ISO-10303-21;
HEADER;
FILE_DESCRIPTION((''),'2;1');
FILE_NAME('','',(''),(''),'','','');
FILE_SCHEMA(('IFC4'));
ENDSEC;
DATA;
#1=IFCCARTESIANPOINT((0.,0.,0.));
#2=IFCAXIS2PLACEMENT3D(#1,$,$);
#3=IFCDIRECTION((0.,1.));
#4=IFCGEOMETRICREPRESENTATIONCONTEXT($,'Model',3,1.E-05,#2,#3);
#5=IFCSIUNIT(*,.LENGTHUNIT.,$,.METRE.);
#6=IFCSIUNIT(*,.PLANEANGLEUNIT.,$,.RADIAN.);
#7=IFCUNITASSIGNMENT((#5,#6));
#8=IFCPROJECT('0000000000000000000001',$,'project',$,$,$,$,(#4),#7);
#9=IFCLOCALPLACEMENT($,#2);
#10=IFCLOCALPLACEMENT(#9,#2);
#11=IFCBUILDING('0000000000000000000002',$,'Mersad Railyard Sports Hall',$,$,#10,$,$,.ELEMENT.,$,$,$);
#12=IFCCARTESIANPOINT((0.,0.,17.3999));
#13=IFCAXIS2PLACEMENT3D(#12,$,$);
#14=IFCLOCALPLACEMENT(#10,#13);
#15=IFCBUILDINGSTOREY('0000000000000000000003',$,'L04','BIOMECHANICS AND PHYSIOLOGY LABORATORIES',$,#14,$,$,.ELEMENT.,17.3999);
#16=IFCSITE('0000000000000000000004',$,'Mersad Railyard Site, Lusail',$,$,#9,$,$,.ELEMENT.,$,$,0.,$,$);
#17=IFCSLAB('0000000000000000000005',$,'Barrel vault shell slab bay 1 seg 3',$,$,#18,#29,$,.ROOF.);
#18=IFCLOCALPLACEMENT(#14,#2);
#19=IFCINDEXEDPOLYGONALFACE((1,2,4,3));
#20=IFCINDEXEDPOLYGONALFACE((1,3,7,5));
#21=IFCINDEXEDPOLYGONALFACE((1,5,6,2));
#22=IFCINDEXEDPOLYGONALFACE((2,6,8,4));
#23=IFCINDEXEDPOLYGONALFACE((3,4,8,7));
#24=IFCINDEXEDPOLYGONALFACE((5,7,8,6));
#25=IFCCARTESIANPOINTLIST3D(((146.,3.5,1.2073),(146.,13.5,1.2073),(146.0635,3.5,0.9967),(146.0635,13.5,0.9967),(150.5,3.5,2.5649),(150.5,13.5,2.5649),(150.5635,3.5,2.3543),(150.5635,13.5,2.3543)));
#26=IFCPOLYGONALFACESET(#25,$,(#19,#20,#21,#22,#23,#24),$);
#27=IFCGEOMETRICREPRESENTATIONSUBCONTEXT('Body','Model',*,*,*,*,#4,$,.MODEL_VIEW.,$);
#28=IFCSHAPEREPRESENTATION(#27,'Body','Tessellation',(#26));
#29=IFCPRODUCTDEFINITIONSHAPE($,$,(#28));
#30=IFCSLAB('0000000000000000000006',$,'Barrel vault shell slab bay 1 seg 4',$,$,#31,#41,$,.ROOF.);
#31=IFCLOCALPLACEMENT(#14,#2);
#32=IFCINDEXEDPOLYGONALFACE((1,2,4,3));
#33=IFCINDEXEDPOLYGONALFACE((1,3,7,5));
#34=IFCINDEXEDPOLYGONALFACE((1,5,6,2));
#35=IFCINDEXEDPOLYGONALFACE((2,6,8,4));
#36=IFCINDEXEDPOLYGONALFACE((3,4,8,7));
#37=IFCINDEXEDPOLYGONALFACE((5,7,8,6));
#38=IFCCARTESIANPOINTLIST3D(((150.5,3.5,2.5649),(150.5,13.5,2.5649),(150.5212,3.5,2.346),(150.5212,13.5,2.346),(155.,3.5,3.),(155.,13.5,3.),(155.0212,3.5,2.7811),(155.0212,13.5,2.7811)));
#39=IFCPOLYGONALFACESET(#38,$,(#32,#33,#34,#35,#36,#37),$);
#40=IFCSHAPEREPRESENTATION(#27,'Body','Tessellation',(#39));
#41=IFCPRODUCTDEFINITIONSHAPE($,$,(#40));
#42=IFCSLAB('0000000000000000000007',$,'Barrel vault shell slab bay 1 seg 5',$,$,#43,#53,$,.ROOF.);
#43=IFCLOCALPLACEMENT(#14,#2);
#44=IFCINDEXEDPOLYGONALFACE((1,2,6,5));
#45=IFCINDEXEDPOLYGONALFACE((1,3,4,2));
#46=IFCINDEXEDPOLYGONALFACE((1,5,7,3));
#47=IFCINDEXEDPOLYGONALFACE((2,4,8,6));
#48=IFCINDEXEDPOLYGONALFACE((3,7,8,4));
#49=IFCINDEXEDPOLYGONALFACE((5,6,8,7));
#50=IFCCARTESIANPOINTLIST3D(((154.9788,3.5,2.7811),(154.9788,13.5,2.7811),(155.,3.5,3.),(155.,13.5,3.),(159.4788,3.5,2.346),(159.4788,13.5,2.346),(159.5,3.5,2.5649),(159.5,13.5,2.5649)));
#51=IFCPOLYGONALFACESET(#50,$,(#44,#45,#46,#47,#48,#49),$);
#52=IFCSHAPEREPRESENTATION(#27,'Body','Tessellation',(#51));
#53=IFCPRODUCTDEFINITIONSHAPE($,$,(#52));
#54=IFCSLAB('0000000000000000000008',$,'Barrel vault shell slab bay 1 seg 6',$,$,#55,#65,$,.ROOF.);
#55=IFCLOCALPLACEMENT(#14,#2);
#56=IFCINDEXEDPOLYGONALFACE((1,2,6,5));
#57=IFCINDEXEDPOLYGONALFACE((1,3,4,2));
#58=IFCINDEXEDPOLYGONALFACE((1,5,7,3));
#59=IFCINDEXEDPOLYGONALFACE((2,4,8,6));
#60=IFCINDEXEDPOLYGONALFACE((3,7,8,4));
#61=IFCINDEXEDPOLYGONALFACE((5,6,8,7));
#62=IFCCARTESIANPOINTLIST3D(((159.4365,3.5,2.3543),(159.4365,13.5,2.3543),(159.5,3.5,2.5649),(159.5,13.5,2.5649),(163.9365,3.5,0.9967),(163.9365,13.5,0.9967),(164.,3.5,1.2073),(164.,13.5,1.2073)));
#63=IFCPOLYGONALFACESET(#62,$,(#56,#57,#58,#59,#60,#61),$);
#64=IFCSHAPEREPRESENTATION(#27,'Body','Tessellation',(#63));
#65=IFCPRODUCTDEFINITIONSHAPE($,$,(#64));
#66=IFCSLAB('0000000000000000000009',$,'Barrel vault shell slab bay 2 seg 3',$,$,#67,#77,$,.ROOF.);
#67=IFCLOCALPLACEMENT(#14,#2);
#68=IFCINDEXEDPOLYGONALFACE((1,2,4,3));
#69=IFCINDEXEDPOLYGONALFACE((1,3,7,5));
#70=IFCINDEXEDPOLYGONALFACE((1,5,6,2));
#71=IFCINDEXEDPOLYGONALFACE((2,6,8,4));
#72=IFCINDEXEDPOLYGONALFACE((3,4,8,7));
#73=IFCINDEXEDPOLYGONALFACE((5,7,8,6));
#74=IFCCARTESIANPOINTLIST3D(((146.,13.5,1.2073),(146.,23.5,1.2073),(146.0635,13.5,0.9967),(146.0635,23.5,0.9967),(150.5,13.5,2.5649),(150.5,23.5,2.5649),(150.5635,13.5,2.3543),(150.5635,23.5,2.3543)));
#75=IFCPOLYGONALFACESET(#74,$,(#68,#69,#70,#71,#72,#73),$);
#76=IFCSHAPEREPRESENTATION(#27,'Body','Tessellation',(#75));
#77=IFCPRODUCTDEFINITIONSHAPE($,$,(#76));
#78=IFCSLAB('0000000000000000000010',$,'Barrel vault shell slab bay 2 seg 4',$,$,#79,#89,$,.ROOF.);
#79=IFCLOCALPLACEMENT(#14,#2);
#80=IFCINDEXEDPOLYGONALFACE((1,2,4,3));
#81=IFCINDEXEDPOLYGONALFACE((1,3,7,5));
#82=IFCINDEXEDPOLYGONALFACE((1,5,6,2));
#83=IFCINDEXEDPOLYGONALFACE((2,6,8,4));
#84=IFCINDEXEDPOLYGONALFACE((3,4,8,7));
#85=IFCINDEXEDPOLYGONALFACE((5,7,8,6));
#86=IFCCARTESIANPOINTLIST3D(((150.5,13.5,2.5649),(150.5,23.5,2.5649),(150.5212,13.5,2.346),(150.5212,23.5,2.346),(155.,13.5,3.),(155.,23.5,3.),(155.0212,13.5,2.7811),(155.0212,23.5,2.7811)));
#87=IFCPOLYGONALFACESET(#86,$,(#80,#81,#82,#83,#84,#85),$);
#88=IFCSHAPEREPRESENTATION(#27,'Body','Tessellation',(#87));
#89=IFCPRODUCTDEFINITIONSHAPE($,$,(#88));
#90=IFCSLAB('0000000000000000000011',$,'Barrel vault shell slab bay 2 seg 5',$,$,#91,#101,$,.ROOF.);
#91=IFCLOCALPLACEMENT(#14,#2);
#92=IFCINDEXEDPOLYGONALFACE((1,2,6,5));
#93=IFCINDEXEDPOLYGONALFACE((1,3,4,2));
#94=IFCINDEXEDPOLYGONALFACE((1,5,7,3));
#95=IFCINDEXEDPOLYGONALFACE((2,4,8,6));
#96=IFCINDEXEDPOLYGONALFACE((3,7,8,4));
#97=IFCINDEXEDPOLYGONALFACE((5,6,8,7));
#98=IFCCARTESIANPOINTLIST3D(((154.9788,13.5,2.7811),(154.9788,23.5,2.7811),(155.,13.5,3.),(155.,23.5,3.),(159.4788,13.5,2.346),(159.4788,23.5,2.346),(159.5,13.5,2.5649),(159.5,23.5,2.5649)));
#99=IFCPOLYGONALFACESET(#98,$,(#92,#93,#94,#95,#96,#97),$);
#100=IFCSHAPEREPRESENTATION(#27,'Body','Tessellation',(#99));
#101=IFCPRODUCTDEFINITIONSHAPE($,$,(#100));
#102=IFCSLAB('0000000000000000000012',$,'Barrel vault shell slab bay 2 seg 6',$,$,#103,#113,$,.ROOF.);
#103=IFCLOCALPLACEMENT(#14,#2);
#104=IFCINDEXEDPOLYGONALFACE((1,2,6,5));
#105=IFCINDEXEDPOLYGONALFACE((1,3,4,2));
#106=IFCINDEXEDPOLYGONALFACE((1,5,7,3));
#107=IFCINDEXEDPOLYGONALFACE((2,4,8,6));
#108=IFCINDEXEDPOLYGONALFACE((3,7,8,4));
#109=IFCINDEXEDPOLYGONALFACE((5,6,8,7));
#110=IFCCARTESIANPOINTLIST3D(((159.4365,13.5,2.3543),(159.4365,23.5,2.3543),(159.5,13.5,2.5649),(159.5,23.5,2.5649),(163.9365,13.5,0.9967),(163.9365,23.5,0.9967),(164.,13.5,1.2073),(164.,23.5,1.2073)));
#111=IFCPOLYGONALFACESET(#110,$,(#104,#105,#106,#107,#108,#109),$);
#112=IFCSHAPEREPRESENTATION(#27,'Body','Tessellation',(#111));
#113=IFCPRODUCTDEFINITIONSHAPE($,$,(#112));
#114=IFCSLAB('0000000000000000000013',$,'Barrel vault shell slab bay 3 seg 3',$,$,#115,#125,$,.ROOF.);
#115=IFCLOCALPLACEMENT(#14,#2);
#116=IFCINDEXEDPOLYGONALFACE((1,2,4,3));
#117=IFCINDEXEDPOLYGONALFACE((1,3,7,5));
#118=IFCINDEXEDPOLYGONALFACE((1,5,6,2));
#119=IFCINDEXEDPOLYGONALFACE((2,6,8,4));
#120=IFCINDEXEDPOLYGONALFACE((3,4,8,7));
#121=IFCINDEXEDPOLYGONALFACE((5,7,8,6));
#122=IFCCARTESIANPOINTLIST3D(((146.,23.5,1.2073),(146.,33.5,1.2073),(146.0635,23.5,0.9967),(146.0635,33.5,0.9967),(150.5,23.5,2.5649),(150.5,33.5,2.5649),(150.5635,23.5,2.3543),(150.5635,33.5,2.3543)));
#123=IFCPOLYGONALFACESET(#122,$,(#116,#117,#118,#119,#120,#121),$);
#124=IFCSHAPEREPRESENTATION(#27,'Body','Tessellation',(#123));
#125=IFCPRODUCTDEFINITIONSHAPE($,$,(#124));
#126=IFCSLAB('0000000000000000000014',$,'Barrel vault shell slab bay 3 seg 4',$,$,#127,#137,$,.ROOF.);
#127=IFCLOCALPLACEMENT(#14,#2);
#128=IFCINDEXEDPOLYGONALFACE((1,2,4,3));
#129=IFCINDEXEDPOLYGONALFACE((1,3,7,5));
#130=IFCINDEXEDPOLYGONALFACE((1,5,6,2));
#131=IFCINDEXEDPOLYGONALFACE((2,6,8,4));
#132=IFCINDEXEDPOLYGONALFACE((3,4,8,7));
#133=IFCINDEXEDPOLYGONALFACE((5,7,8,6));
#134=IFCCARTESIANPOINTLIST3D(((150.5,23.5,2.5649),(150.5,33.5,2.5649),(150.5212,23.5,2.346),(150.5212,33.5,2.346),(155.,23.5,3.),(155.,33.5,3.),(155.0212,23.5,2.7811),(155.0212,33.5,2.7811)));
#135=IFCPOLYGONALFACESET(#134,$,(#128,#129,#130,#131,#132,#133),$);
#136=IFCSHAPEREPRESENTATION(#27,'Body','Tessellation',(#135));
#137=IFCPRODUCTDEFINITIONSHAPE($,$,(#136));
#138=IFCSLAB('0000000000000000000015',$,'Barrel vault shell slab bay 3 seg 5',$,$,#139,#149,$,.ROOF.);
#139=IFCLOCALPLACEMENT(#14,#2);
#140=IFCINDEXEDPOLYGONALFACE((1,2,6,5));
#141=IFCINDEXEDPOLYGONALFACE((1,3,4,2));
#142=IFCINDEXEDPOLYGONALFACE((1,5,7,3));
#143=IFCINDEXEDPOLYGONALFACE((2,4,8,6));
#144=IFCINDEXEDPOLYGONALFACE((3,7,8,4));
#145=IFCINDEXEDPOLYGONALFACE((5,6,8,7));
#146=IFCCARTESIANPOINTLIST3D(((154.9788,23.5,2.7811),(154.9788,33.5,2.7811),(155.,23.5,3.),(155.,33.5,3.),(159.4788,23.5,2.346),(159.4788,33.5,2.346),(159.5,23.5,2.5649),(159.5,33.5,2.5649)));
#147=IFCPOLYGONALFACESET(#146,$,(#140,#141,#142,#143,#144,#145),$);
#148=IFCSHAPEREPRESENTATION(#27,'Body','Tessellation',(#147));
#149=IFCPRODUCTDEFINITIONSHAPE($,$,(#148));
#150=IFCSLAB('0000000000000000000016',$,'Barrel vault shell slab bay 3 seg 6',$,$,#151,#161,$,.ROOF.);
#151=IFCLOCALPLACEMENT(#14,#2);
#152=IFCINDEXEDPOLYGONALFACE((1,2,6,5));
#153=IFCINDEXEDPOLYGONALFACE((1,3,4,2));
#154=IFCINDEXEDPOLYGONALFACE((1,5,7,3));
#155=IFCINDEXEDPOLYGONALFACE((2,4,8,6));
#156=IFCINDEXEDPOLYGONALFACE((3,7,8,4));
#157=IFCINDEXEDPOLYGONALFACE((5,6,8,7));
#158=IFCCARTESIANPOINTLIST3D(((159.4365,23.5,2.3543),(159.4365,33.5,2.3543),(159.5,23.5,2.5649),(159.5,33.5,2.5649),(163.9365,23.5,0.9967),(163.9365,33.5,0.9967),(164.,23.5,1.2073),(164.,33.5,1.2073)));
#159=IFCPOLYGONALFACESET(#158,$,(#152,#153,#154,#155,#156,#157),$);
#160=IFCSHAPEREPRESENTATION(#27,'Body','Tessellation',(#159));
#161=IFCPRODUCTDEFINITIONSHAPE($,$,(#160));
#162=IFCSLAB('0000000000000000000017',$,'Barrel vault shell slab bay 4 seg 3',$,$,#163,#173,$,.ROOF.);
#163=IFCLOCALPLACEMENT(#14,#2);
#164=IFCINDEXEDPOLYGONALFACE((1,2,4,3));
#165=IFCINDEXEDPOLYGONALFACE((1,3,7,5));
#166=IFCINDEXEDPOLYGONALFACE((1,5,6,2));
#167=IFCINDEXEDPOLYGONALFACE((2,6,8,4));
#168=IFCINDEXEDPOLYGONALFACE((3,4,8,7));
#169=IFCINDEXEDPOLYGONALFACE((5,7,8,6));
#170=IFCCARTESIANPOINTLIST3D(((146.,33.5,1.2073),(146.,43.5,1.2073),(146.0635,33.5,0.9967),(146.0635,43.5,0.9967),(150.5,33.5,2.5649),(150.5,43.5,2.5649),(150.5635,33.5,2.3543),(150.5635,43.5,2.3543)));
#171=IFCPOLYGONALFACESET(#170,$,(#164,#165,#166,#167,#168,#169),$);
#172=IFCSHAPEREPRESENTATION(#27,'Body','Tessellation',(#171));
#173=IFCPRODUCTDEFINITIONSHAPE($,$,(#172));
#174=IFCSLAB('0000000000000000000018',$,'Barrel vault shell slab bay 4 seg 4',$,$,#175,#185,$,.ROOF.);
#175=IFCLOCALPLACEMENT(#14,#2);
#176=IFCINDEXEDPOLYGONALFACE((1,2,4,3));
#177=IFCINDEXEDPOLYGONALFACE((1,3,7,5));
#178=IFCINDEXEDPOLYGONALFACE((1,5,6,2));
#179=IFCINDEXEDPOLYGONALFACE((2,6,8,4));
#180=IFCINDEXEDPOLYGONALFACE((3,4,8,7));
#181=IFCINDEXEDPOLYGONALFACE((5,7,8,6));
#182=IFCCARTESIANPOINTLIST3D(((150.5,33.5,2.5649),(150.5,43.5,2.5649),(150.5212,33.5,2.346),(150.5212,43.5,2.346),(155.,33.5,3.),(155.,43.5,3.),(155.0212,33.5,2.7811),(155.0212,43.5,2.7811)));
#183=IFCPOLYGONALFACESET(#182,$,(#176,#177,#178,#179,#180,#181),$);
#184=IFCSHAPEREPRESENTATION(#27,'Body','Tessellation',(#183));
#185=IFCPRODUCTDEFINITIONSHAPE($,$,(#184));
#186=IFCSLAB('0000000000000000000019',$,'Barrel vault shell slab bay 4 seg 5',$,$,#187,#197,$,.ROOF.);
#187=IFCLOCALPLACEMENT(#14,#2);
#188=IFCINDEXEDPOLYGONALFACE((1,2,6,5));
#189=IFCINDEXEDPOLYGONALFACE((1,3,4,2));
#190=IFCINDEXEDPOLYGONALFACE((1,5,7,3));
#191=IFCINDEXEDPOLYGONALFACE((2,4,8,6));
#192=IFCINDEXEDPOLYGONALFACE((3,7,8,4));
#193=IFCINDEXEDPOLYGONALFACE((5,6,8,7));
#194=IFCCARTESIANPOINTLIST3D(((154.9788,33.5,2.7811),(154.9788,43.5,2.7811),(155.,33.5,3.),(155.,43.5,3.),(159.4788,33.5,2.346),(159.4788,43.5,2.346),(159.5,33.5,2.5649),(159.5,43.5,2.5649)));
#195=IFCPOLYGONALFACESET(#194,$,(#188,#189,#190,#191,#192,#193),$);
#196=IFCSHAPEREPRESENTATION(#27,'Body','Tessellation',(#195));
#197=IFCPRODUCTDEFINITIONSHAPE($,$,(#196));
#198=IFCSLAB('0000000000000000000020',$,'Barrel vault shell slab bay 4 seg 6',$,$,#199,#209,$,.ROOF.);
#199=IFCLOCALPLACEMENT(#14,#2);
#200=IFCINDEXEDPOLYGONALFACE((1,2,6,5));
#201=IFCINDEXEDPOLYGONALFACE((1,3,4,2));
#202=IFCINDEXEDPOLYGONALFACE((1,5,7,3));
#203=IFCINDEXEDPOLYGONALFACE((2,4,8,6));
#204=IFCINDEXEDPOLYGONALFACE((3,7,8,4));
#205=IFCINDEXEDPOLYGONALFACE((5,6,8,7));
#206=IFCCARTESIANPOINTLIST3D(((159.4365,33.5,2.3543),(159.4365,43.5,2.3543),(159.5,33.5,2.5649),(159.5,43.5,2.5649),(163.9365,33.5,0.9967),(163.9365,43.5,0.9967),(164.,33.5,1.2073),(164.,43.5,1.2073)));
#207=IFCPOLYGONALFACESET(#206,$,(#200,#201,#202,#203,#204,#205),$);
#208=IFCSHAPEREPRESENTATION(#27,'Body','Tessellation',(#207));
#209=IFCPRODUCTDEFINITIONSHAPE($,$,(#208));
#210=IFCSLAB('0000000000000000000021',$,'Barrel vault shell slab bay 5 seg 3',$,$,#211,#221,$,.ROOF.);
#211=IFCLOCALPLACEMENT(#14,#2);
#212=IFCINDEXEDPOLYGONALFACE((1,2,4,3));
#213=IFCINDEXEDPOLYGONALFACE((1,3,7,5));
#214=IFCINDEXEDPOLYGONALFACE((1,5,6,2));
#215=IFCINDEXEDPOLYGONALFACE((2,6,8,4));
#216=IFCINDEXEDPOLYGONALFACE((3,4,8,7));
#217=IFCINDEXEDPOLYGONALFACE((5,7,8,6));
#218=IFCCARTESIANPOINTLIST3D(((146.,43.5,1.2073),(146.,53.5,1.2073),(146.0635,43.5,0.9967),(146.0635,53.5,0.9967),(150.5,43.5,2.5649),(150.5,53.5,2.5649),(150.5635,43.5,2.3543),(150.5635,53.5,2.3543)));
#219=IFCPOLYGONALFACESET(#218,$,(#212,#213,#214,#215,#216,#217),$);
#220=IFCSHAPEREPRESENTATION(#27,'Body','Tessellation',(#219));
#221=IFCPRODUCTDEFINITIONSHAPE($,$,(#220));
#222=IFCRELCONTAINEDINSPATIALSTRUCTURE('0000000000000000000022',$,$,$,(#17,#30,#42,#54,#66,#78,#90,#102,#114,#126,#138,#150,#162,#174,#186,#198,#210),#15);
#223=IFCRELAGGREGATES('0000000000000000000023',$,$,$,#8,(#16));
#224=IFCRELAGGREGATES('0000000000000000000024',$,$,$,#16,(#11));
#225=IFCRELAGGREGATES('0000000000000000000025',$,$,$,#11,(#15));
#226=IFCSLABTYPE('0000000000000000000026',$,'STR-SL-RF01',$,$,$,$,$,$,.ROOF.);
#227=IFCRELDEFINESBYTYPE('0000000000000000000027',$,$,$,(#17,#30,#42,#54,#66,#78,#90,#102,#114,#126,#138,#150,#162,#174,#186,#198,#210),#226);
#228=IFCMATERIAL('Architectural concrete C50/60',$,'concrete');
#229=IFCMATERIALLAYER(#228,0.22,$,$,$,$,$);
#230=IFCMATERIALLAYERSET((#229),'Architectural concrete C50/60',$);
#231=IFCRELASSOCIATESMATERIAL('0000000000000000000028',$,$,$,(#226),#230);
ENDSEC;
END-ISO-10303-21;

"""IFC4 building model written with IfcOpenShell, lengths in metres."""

from ifc_helpers import new_model, si_unit, direction, frame, origin, place, context, subcontext, project, spatial, polyline, outline, extrude, material, layer, layer_set, type_object, element, save


model = new_model("IFC4")

# Units and contexts
model_context = context("Model", 3, precision=1e-05, world=origin(), true_north=direction((0.0, 1.0)))
body_context = subcontext(model_context, "Body", "Model", "MODEL_VIEW")
ifc_project = project(units=[si_unit("LENGTHUNIT", "METRE"), si_unit("PLANEANGLEUNIT", "RADIAN")], contexts=[model_context])

# Site, building, storey
site_placement = place(None, origin())
site = spatial("IfcSite", under=ifc_project, at=site_placement, Name="Mersad Railyard Site, Lusail", CompositionType="ELEMENT", RefElevation=0.0)
building_placement = place(site_placement, origin())
building = spatial("IfcBuilding", under=site, at=building_placement, Name="Mersad Railyard Sports Hall", CompositionType="ELEMENT")
storey_placement = place(building_placement, frame((0.0, 0.0, 17.3999)))
storey = spatial("IfcBuildingStorey", under=building, at=storey_placement, Name="L04", Description="BIOMECHANICS AND PHYSIOLOGY LABORATORIES", CompositionType="ELEMENT", Elevation=17.3999)

# Slabs
ifc_material = material(Name="Architectural concrete C50/60", Category="concrete")
ifc_layer_1 = layer(ifc_material, 0.22)
ifc_layer_set_1 = layer_set([ifc_layer_1], Name="Architectural concrete C50/60")
slab_type = type_object("IfcSlabType", Name="STR-SL-RF01", PredefinedType="ROOF", material=ifc_layer_set_1)
slab_1_placement = place(storey_placement, frame((146.0, 3.5, 1.2073), z_axis=(-0.288844, 0.0, 0.957376), x_axis=(0.957376, 0.0, 0.288844)))
element("IfcSlab", 1, at=slab_1_placement, inside=storey, type_object=slab_type, Name="Barrel vault shell slab bay 1 seg 3", PredefinedType="ROOF", context=body_context, shape_type="SweptSolid", body=[
    extrude(outline(polyline([(0.0, 0.0), (4.7003, 0.0), (4.7003, 10.0), (0.0, 10.0), (0.0, 0.0)])), origin(), (0.0, 0.0, -1.0), 0.22),
])
for number, where, z_axis, x_axis, name in (
    (2, (150.5, 3.5, 2.5649), (-0.096231, 0.0, 0.995359), (0.995359, 0.0, 0.096231), "Barrel vault shell slab bay 1 seg 4"),
    (3, (155.0, 3.5, 3.0), (0.096231, 0.0, 0.995359), (0.995359, 0.0, -0.096231), "Barrel vault shell slab bay 1 seg 5"),
):
    element("IfcSlab", number, at=place(storey_placement, frame(where, z_axis=z_axis, x_axis=x_axis)), inside=storey, type_object=slab_type, Name=name, PredefinedType="ROOF", context=body_context, shape_type="SweptSolid", body=[
        extrude(outline(polyline([(0.0, 0.0), (4.521, 0.0), (4.521, 10.0), (0.0, 10.0), (0.0, 0.0)])), origin(), (0.0, 0.0, -1.0), 0.22),
    ])
for number, where, z_axis, x_axis, name in (
    (4, (159.5, 3.5, 2.5649), (0.288844, 0.0, 0.957376), (0.957376, 0.0, -0.288844), "Barrel vault shell slab bay 1 seg 6"),
    (5, (146.0, 13.5, 1.2073), (-0.288844, 0.0, 0.957376), (0.957376, 0.0, 0.288844), "Barrel vault shell slab bay 2 seg 3"),
):
    element("IfcSlab", number, at=place(storey_placement, frame(where, z_axis=z_axis, x_axis=x_axis)), inside=storey, type_object=slab_type, Name=name, PredefinedType="ROOF", context=body_context, shape_type="SweptSolid", body=[
        extrude(outline(polyline([(0.0, 0.0), (4.7003, 0.0), (4.7003, 10.0), (0.0, 10.0), (0.0, 0.0)])), origin(), (0.0, 0.0, -1.0), 0.22),
    ])
for number, where, z_axis, x_axis, name in (
    (6, (150.5, 13.5, 2.5649), (-0.096231, 0.0, 0.995359), (0.995359, 0.0, 0.096231), "Barrel vault shell slab bay 2 seg 4"),
    (7, (155.0, 13.5, 3.0), (0.096231, 0.0, 0.995359), (0.995359, 0.0, -0.096231), "Barrel vault shell slab bay 2 seg 5"),
):
    element("IfcSlab", number, at=place(storey_placement, frame(where, z_axis=z_axis, x_axis=x_axis)), inside=storey, type_object=slab_type, Name=name, PredefinedType="ROOF", context=body_context, shape_type="SweptSolid", body=[
        extrude(outline(polyline([(0.0, 0.0), (4.521, 0.0), (4.521, 10.0), (0.0, 10.0), (0.0, 0.0)])), origin(), (0.0, 0.0, -1.0), 0.22),
    ])
for number, where, z_axis, x_axis, name in (
    (8, (159.5, 13.5, 2.5649), (0.288844, 0.0, 0.957376), (0.957376, 0.0, -0.288844), "Barrel vault shell slab bay 2 seg 6"),
    (9, (146.0, 23.5, 1.2073), (-0.288844, 0.0, 0.957376), (0.957376, 0.0, 0.288844), "Barrel vault shell slab bay 3 seg 3"),
):
    element("IfcSlab", number, at=place(storey_placement, frame(where, z_axis=z_axis, x_axis=x_axis)), inside=storey, type_object=slab_type, Name=name, PredefinedType="ROOF", context=body_context, shape_type="SweptSolid", body=[
        extrude(outline(polyline([(0.0, 0.0), (4.7003, 0.0), (4.7003, 10.0), (0.0, 10.0), (0.0, 0.0)])), origin(), (0.0, 0.0, -1.0), 0.22),
    ])
for number, where, z_axis, x_axis, name in (
    (10, (150.5, 23.5, 2.5649), (-0.096231, 0.0, 0.995359), (0.995359, 0.0, 0.096231), "Barrel vault shell slab bay 3 seg 4"),
    (11, (155.0, 23.5, 3.0), (0.096231, 0.0, 0.995359), (0.995359, 0.0, -0.096231), "Barrel vault shell slab bay 3 seg 5"),
):
    element("IfcSlab", number, at=place(storey_placement, frame(where, z_axis=z_axis, x_axis=x_axis)), inside=storey, type_object=slab_type, Name=name, PredefinedType="ROOF", context=body_context, shape_type="SweptSolid", body=[
        extrude(outline(polyline([(0.0, 0.0), (4.521, 0.0), (4.521, 10.0), (0.0, 10.0), (0.0, 0.0)])), origin(), (0.0, 0.0, -1.0), 0.22),
    ])
for number, where, z_axis, x_axis, name in (
    (12, (159.5, 23.5, 2.5649), (0.288844, 0.0, 0.957376), (0.957376, 0.0, -0.288844), "Barrel vault shell slab bay 3 seg 6"),
    (13, (146.0, 33.5, 1.2073), (-0.288844, 0.0, 0.957376), (0.957376, 0.0, 0.288844), "Barrel vault shell slab bay 4 seg 3"),
):
    element("IfcSlab", number, at=place(storey_placement, frame(where, z_axis=z_axis, x_axis=x_axis)), inside=storey, type_object=slab_type, Name=name, PredefinedType="ROOF", context=body_context, shape_type="SweptSolid", body=[
        extrude(outline(polyline([(0.0, 0.0), (4.7003, 0.0), (4.7003, 10.0), (0.0, 10.0), (0.0, 0.0)])), origin(), (0.0, 0.0, -1.0), 0.22),
    ])
for number, where, z_axis, x_axis, name in (
    (14, (150.5, 33.5, 2.5649), (-0.096231, 0.0, 0.995359), (0.995359, 0.0, 0.096231), "Barrel vault shell slab bay 4 seg 4"),
    (15, (155.0, 33.5, 3.0), (0.096231, 0.0, 0.995359), (0.995359, 0.0, -0.096231), "Barrel vault shell slab bay 4 seg 5"),
):
    element("IfcSlab", number, at=place(storey_placement, frame(where, z_axis=z_axis, x_axis=x_axis)), inside=storey, type_object=slab_type, Name=name, PredefinedType="ROOF", context=body_context, shape_type="SweptSolid", body=[
        extrude(outline(polyline([(0.0, 0.0), (4.521, 0.0), (4.521, 10.0), (0.0, 10.0), (0.0, 0.0)])), origin(), (0.0, 0.0, -1.0), 0.22),
    ])
for number, where, z_axis, x_axis, name in (
    (16, (159.5, 33.5, 2.5649), (0.288844, 0.0, 0.957376), (0.957376, 0.0, -0.288844), "Barrel vault shell slab bay 4 seg 6"),
    (17, (146.0, 43.5, 1.2073), (-0.288844, 0.0, 0.957376), (0.957376, 0.0, 0.288844), "Barrel vault shell slab bay 5 seg 3"),
):
    element("IfcSlab", number, at=place(storey_placement, frame(where, z_axis=z_axis, x_axis=x_axis)), inside=storey, type_object=slab_type, Name=name, PredefinedType="ROOF", context=body_context, shape_type="SweptSolid", body=[
        extrude(outline(polyline([(0.0, 0.0), (4.7003, 0.0), (4.7003, 10.0), (0.0, 10.0), (0.0, 0.0)])), origin(), (0.0, 0.0, -1.0), 0.22),
    ])

save(model, "model.ifc")
